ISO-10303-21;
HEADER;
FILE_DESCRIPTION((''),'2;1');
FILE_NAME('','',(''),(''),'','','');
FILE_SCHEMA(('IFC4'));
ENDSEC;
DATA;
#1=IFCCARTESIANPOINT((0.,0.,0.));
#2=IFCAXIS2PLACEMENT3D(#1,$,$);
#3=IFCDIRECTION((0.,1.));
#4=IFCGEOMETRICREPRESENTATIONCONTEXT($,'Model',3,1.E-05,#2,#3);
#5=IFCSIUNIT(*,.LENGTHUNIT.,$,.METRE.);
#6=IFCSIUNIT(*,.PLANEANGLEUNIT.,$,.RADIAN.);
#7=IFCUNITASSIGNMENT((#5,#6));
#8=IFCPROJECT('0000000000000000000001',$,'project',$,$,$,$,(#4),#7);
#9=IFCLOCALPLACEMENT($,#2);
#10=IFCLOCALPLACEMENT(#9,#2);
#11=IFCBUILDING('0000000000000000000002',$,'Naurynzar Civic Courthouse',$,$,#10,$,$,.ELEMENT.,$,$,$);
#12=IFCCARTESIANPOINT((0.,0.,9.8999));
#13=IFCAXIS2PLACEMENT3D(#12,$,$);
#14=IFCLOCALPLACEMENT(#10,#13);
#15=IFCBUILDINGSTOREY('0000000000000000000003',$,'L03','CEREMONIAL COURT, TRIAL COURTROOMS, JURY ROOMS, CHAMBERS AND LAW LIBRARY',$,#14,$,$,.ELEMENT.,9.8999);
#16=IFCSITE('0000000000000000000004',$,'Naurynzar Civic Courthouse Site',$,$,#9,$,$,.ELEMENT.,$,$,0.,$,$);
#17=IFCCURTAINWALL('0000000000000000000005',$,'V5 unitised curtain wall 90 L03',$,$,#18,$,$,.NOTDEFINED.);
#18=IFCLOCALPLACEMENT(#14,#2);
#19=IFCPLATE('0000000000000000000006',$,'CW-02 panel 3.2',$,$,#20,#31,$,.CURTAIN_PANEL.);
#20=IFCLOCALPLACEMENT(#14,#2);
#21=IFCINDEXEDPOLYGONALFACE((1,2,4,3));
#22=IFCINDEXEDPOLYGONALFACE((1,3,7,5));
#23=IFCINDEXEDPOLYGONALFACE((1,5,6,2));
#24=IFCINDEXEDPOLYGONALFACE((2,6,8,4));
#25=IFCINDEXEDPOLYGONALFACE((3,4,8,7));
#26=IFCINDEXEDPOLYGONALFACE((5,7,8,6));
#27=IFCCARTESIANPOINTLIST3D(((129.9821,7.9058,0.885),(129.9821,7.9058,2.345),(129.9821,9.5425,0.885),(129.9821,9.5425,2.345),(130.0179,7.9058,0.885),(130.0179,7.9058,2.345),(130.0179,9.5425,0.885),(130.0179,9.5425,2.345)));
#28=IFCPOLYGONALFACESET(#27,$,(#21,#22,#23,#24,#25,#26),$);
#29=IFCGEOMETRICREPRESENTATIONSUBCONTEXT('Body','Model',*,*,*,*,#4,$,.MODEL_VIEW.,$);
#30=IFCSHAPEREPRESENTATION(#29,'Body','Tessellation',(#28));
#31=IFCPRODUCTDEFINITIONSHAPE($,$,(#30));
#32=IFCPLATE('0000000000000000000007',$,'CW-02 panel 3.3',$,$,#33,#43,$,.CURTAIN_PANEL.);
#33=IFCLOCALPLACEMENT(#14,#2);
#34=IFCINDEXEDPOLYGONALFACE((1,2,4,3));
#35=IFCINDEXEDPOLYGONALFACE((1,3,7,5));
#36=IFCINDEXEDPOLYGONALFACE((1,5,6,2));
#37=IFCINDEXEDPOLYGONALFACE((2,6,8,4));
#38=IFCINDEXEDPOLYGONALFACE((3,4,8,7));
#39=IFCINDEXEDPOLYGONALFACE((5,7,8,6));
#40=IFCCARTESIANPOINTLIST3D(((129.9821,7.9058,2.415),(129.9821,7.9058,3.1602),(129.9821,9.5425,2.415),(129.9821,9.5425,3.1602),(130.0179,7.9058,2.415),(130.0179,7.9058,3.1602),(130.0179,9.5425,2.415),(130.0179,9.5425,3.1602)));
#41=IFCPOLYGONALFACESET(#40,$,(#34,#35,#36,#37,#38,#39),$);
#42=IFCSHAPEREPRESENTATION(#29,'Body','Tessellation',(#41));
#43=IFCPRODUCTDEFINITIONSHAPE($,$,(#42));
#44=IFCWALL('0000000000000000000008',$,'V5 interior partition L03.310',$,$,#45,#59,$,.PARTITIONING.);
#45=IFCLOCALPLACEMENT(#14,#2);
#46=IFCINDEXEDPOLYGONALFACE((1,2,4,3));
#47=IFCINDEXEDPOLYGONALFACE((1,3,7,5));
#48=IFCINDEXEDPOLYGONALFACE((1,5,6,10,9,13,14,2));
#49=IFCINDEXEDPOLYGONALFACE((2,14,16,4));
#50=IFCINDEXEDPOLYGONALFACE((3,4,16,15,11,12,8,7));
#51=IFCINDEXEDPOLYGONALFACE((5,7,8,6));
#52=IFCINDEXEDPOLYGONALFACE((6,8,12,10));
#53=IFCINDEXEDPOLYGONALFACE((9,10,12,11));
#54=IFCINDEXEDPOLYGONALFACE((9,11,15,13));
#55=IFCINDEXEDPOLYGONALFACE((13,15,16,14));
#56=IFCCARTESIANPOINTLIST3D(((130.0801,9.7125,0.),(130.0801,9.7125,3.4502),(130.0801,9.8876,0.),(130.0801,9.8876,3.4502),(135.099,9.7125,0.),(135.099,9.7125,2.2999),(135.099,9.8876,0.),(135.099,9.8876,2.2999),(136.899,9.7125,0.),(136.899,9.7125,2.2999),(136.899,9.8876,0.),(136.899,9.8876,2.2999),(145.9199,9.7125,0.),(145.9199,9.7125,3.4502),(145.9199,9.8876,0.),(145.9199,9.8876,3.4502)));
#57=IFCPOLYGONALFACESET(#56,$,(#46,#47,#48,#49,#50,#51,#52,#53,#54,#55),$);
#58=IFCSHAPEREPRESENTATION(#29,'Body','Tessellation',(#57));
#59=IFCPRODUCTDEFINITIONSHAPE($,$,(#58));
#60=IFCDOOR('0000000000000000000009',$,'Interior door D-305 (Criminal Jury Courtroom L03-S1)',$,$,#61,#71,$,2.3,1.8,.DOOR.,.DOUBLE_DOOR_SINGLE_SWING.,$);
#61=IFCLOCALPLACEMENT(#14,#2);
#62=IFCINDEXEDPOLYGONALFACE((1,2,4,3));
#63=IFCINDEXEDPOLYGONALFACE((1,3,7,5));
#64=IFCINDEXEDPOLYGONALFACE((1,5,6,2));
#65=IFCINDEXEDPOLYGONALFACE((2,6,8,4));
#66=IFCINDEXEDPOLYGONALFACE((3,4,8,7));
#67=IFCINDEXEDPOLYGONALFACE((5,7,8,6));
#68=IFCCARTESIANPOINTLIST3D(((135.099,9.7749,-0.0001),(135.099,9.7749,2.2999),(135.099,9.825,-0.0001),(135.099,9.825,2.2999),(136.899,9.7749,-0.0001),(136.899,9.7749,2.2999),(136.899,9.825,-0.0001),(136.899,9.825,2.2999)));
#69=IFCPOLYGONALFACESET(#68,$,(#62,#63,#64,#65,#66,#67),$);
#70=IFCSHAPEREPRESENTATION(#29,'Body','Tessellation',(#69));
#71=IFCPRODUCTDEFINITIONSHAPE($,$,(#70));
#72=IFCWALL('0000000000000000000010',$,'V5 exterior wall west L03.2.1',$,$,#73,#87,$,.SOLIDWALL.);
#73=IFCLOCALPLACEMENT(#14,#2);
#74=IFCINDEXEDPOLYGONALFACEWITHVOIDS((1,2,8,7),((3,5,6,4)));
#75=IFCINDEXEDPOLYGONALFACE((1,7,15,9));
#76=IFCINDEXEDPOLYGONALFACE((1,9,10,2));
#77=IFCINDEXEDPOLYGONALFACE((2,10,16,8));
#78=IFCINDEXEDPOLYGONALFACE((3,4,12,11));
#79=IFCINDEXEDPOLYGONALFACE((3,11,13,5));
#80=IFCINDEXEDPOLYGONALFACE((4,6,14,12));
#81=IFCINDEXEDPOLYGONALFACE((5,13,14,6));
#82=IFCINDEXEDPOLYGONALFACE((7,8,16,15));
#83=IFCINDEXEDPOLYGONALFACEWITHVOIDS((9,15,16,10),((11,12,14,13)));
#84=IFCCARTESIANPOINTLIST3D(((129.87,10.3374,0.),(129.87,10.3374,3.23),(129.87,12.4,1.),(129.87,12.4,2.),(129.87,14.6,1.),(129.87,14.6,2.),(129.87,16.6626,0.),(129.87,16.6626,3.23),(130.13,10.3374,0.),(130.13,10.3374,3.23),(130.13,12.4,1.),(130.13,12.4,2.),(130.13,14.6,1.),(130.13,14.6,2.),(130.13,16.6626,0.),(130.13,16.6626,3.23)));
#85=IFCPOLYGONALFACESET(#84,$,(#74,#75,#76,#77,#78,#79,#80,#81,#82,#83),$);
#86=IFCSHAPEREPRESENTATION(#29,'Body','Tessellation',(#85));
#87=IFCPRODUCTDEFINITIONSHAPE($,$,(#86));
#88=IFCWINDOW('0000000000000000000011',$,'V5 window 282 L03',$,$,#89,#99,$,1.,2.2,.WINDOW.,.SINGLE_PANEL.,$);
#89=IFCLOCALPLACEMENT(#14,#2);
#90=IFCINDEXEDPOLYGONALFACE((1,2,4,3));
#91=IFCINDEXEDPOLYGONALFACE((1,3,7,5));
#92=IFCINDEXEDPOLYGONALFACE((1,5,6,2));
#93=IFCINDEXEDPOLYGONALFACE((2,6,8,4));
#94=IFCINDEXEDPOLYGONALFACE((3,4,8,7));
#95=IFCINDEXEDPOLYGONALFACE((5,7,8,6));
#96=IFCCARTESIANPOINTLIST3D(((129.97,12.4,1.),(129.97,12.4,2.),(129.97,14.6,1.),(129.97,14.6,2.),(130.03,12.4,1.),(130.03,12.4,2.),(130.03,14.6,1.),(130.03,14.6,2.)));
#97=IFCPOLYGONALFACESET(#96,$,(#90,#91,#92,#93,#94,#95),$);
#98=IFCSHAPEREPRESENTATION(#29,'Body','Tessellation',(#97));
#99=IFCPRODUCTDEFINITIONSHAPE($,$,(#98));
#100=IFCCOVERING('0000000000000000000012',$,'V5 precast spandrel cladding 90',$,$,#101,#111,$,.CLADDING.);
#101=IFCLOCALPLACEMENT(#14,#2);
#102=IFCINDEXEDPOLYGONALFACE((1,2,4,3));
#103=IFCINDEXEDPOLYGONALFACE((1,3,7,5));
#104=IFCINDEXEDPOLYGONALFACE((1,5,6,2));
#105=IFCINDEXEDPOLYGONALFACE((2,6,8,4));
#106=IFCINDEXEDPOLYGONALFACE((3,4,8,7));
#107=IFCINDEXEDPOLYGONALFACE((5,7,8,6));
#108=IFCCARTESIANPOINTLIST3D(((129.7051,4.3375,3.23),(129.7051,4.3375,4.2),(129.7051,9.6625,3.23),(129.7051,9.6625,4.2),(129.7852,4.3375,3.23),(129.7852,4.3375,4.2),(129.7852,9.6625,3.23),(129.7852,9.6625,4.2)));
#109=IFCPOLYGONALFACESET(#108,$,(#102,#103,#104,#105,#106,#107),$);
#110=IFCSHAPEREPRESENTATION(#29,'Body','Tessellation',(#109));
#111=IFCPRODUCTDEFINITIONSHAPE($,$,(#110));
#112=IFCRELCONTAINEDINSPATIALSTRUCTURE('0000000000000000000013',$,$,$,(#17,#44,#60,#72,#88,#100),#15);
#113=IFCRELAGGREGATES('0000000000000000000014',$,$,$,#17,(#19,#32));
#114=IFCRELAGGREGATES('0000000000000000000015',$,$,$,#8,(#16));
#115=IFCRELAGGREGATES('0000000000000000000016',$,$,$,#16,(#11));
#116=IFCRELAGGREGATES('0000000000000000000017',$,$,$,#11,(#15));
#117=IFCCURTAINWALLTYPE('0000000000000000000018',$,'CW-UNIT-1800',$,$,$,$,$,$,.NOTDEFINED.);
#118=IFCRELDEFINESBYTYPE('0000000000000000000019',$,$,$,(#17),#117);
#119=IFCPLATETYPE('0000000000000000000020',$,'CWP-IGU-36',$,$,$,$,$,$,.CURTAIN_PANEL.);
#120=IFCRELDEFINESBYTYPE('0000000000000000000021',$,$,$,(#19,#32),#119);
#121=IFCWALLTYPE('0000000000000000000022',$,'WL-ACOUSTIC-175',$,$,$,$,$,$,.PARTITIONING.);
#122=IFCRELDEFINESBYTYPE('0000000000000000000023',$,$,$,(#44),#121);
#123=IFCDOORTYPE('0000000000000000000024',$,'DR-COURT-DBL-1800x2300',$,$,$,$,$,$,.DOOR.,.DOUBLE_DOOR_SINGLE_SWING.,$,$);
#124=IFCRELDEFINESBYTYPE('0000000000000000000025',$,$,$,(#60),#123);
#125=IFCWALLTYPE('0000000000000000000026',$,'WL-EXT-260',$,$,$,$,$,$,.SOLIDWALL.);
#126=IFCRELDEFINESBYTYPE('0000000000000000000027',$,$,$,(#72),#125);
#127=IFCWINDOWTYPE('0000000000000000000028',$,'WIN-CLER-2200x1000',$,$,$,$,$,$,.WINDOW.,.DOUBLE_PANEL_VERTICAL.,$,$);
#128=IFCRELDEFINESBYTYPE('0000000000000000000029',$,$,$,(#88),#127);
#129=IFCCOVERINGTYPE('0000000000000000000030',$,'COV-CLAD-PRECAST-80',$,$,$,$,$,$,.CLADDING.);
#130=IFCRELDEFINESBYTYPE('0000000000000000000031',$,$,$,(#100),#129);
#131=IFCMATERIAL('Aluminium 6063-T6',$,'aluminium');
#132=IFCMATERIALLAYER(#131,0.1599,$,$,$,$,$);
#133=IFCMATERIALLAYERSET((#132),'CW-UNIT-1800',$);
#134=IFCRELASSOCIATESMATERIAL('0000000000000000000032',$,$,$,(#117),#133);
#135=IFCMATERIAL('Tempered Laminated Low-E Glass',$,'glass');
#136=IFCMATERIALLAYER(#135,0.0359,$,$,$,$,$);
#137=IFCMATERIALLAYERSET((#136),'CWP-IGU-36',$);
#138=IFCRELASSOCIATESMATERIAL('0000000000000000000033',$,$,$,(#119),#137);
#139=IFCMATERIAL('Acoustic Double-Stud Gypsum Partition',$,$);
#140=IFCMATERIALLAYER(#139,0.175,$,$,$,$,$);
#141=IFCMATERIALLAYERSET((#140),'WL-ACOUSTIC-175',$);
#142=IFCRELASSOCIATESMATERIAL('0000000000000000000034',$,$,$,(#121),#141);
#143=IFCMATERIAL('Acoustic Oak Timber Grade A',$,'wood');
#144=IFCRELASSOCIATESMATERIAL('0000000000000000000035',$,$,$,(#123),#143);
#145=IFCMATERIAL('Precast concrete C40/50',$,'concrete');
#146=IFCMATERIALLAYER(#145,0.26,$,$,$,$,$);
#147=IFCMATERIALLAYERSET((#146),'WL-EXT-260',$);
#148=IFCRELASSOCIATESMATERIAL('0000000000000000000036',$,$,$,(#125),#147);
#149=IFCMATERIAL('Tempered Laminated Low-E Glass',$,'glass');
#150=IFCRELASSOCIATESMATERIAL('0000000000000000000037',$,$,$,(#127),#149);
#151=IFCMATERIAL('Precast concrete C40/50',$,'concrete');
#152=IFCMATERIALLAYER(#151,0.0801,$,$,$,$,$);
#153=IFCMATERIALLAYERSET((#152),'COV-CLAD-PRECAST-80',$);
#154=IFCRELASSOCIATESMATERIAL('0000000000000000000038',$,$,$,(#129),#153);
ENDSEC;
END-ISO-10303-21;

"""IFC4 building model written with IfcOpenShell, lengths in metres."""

from ifc_helpers import new_model, si_unit, direction, frame, frame_2d, origin, origin_2d, place, context, subcontext, project, spatial, rectangle, extrude, material, layer, layer_set, type_object, element, fill, aggregate, save


model = new_model("IFC4")

# Units and contexts
model_context = context("Model", 3, precision=1e-05, world=origin(), true_north=direction((0.0, 1.0)))
body_context = subcontext(model_context, "Body", "Model", "MODEL_VIEW")
ifc_project = project(units=[si_unit("LENGTHUNIT", "METRE"), si_unit("PLANEANGLEUNIT", "RADIAN")], contexts=[model_context])

# Site, building, storey
site_placement = place(None, origin())
site = spatial("IfcSite", under=ifc_project, at=site_placement, Name="Naurynzar Civic Courthouse Site", CompositionType="ELEMENT", RefElevation=0.0)
building_placement = place(site_placement, origin())
building = spatial("IfcBuilding", under=site, at=building_placement, Name="Naurynzar Civic Courthouse", CompositionType="ELEMENT")
storey_placement = place(building_placement, frame((0.0, 0.0, 9.8999)))
storey = spatial("IfcBuildingStorey", under=building, at=storey_placement, Name="L03", Description="CEREMONIAL COURT, TRIAL COURTROOMS, JURY ROOMS, CHAMBERS AND LAW LIBRARY", CompositionType="ELEMENT", Elevation=9.8999)

# Curtain wall, plates
ifc_material_1 = material(Name="Aluminium 6063-T6", Category="aluminium")
ifc_layer_1 = layer(ifc_material_1, 0.1599)
ifc_layer_set_1 = layer_set([ifc_layer_1], Name="CW-UNIT-1800")
curtain_wall_type = type_object("IfcCurtainWallType", Name="CW-UNIT-1800", PredefinedType="NOTDEFINED", material=ifc_layer_set_1)
curtain_wall_placement = place(storey_placement, origin())
curtain_wall = element("IfcCurtainWall", 1, at=curtain_wall_placement, inside=storey, type_object=curtain_wall_type, Name="V5 unitised curtain wall 90 L03", PredefinedType="NOTDEFINED")
ifc_material_2 = material(Name="Tempered Laminated Low-E Glass", Category="glass")
ifc_layer_2 = layer(ifc_material_2, 0.0359)
ifc_layer_set_2 = layer_set([ifc_layer_2], Name="CWP-IGU-36")
plate_type = type_object("IfcPlateType", Name="CWP-IGU-36", PredefinedType="CURTAIN_PANEL", material=ifc_layer_set_2)
plate_1_placement = place(storey_placement, frame((130.0, 8.7241, 0.885), z_axis=(0.0, 0.0, 1.0), x_axis=(0.0, 1.0, 0.0)))
plate_1 = element("IfcPlate", 2, at=plate_1_placement, type_object=plate_type, Name="CW-02 panel 3.2", PredefinedType="CURTAIN_PANEL", context=body_context, shape_type="SweptSolid", body=[
    extrude(rectangle(XDim=1.6367, YDim=0.0359, at=origin_2d()), origin(), (0.0, 0.0, 1.0), 1.46),
])
plate_2_placement = place(storey_placement, frame((130.0, 8.7241, 2.415), z_axis=(0.0, 0.0, 1.0), x_axis=(0.0, 1.0, 0.0)))
plate_2 = element("IfcPlate", 3, at=plate_2_placement, type_object=plate_type, Name="CW-02 panel 3.3", PredefinedType="CURTAIN_PANEL", context=body_context, shape_type="SweptSolid", body=[
    extrude(rectangle(XDim=1.6367, YDim=0.0359, at=origin_2d()), origin(), (0.0, 0.0, 1.0), 0.7451),
])
aggregate(curtain_wall, [plate_1, plate_2])

# Wall, opening, door
ifc_material_3 = material(Name="Acoustic Double-Stud Gypsum Partition")
ifc_layer_3 = layer(ifc_material_3, 0.175)
ifc_layer_set_3 = layer_set([ifc_layer_3], Name="WL-ACOUSTIC-175")
wall_type_1 = type_object("IfcWallType", Name="WL-ACOUSTIC-175", PredefinedType="PARTITIONING", material=ifc_layer_set_3)
wall_1_placement = place(storey_placement, frame((130.0801, 9.8, 0.0), z_axis=(0.0, 0.0, 1.0), x_axis=(1.0, 0.0, 0.0)))
wall_1 = element("IfcWall", 4, at=wall_1_placement, inside=storey, type_object=wall_type_1, Name="V5 interior partition L03.310", PredefinedType="PARTITIONING", context=body_context, shape_type="SweptSolid", body=[
    extrude(rectangle(XDim=15.8398, YDim=0.175, at=frame_2d((7.9199, 0.0))), origin(), (0.0, 0.0, 1.0), 3.4502),
])
opening_1_placement = place(wall_1_placement, frame((5.019, 0.0, 0.0)))
opening_1 = element("IfcOpeningElement", 5, at=opening_1_placement, cuts=wall_1, PredefinedType="OPENING", context=body_context, shape_type="SweptSolid", body=[
    extrude(rectangle(XDim=1.8, YDim=2.3, at=frame_2d((0.8999, 1.1499))), frame((0.0, 0.0974, 0.0), z_axis=(0.0, -1.0, 0.0), x_axis=(1.0, 0.0, 0.0)), (0.0, 0.0, 1.0), 0.1951),
])
ifc_material_4 = material(Name="Acoustic Oak Timber Grade A", Category="wood")
door_type = type_object("IfcDoorType", Name="DR-COURT-DBL-1800x2300", OperationType="DOUBLE_DOOR_SINGLE_SWING", PredefinedType="DOOR", material=ifc_material_4)
door_placement = place(opening_1_placement, origin())
door = element("IfcDoor", 6, at=door_placement, inside=storey, type_object=door_type, Name="Interior door D-305 (Criminal Jury Courtroom L03-S1)", OperationType="DOUBLE_DOOR_SINGLE_SWING", OverallHeight=2.3, OverallWidth=1.8, PredefinedType="DOOR", context=body_context, shape_type="SweptSolid", body=[
    extrude(rectangle(XDim=1.8, YDim=2.3, at=frame_2d((0.8999, 1.1499))), frame((0.0, 0.0249, 0.0), z_axis=(0.0, -1.0, 0.0), x_axis=(1.0, 0.0, 0.0)), (0.0, 0.0, 1.0), 0.05),
])
fill(opening_1, door)

# Wall, opening, window
ifc_material_5 = material(Name="Precast concrete C40/50", Category="concrete")
ifc_layer_4 = layer(ifc_material_5, 0.26)
ifc_layer_set_4 = layer_set([ifc_layer_4], Name="WL-EXT-260")
wall_type_2 = type_object("IfcWallType", Name="WL-EXT-260", PredefinedType="SOLIDWALL", material=ifc_layer_set_4)
wall_2_placement = place(storey_placement, frame((130.0, 10.3374, 0.0), z_axis=(0.0, 0.0, 1.0), x_axis=(0.0, 1.0, 0.0)))
wall_2 = element("IfcWall", 7, at=wall_2_placement, inside=storey, type_object=wall_type_2, Name="V5 exterior wall west L03.2.1", PredefinedType="SOLIDWALL", context=body_context, shape_type="SweptSolid", body=[
    extrude(rectangle(XDim=6.3252, YDim=0.26, at=frame_2d((3.1626, 0.0))), origin(), (0.0, 0.0, 1.0), 3.23),
])
opening_2_placement = place(wall_2_placement, frame((2.0625, 0.0, 1.0)))
opening_2 = element("IfcOpeningElement", 8, at=opening_2_placement, cuts=wall_2, PredefinedType="OPENING", context=body_context, shape_type="SweptSolid", body=[
    extrude(rectangle(XDim=2.2, YDim=1.0, at=frame_2d((1.1001, 0.5))), frame((0.0, 0.1399, 0.0), z_axis=(0.0, -1.0, 0.0), x_axis=(1.0, 0.0, 0.0)), (0.0, 0.0, 1.0), 0.28),
])
ifc_material_6 = material(Name="Tempered Laminated Low-E Glass", Category="glass")
window_type = type_object("IfcWindowType", Name="WIN-CLER-2200x1000", PartitioningType="DOUBLE_PANEL_VERTICAL", PredefinedType="WINDOW", material=ifc_material_6)
window_placement = place(opening_2_placement, origin())
window = element("IfcWindow", 9, at=window_placement, inside=storey, type_object=window_type, Name="V5 window 282 L03", OverallHeight=1.0, OverallWidth=2.2, PartitioningType="SINGLE_PANEL", PredefinedType="WINDOW", context=body_context, shape_type="SweptSolid", body=[
    extrude(rectangle(XDim=2.2, YDim=1.0, at=frame_2d((1.1001, 0.5))), frame((0.0, 0.03, 0.0), z_axis=(0.0, -1.0, 0.0), x_axis=(1.0, 0.0, 0.0)), (0.0, 0.0, 1.0), 0.0601),
])
fill(opening_2, window)

# Covering
ifc_material_7 = material(Name="Precast concrete C40/50", Category="concrete")
ifc_layer_5 = layer(ifc_material_7, 0.0801)
ifc_layer_set_5 = layer_set([ifc_layer_5], Name="COV-CLAD-PRECAST-80")
covering_type = type_object("IfcCoveringType", Name="COV-CLAD-PRECAST-80", PredefinedType="CLADDING", material=ifc_layer_set_5)
covering_placement = place(storey_placement, frame((129.7451, 7.0, 3.23), z_axis=(0.0, 0.0, 1.0), x_axis=(0.0, 1.0, 0.0)))
element("IfcCovering", 10, at=covering_placement, inside=storey, type_object=covering_type, Name="V5 precast spandrel cladding 90", PredefinedType="CLADDING", context=body_context, shape_type="SweptSolid", body=[
    extrude(rectangle(XDim=5.325, YDim=0.0801, at=origin_2d()), origin(), (0.0, 0.0, 1.0), 0.97),
])

save(model, "model.ifc")
